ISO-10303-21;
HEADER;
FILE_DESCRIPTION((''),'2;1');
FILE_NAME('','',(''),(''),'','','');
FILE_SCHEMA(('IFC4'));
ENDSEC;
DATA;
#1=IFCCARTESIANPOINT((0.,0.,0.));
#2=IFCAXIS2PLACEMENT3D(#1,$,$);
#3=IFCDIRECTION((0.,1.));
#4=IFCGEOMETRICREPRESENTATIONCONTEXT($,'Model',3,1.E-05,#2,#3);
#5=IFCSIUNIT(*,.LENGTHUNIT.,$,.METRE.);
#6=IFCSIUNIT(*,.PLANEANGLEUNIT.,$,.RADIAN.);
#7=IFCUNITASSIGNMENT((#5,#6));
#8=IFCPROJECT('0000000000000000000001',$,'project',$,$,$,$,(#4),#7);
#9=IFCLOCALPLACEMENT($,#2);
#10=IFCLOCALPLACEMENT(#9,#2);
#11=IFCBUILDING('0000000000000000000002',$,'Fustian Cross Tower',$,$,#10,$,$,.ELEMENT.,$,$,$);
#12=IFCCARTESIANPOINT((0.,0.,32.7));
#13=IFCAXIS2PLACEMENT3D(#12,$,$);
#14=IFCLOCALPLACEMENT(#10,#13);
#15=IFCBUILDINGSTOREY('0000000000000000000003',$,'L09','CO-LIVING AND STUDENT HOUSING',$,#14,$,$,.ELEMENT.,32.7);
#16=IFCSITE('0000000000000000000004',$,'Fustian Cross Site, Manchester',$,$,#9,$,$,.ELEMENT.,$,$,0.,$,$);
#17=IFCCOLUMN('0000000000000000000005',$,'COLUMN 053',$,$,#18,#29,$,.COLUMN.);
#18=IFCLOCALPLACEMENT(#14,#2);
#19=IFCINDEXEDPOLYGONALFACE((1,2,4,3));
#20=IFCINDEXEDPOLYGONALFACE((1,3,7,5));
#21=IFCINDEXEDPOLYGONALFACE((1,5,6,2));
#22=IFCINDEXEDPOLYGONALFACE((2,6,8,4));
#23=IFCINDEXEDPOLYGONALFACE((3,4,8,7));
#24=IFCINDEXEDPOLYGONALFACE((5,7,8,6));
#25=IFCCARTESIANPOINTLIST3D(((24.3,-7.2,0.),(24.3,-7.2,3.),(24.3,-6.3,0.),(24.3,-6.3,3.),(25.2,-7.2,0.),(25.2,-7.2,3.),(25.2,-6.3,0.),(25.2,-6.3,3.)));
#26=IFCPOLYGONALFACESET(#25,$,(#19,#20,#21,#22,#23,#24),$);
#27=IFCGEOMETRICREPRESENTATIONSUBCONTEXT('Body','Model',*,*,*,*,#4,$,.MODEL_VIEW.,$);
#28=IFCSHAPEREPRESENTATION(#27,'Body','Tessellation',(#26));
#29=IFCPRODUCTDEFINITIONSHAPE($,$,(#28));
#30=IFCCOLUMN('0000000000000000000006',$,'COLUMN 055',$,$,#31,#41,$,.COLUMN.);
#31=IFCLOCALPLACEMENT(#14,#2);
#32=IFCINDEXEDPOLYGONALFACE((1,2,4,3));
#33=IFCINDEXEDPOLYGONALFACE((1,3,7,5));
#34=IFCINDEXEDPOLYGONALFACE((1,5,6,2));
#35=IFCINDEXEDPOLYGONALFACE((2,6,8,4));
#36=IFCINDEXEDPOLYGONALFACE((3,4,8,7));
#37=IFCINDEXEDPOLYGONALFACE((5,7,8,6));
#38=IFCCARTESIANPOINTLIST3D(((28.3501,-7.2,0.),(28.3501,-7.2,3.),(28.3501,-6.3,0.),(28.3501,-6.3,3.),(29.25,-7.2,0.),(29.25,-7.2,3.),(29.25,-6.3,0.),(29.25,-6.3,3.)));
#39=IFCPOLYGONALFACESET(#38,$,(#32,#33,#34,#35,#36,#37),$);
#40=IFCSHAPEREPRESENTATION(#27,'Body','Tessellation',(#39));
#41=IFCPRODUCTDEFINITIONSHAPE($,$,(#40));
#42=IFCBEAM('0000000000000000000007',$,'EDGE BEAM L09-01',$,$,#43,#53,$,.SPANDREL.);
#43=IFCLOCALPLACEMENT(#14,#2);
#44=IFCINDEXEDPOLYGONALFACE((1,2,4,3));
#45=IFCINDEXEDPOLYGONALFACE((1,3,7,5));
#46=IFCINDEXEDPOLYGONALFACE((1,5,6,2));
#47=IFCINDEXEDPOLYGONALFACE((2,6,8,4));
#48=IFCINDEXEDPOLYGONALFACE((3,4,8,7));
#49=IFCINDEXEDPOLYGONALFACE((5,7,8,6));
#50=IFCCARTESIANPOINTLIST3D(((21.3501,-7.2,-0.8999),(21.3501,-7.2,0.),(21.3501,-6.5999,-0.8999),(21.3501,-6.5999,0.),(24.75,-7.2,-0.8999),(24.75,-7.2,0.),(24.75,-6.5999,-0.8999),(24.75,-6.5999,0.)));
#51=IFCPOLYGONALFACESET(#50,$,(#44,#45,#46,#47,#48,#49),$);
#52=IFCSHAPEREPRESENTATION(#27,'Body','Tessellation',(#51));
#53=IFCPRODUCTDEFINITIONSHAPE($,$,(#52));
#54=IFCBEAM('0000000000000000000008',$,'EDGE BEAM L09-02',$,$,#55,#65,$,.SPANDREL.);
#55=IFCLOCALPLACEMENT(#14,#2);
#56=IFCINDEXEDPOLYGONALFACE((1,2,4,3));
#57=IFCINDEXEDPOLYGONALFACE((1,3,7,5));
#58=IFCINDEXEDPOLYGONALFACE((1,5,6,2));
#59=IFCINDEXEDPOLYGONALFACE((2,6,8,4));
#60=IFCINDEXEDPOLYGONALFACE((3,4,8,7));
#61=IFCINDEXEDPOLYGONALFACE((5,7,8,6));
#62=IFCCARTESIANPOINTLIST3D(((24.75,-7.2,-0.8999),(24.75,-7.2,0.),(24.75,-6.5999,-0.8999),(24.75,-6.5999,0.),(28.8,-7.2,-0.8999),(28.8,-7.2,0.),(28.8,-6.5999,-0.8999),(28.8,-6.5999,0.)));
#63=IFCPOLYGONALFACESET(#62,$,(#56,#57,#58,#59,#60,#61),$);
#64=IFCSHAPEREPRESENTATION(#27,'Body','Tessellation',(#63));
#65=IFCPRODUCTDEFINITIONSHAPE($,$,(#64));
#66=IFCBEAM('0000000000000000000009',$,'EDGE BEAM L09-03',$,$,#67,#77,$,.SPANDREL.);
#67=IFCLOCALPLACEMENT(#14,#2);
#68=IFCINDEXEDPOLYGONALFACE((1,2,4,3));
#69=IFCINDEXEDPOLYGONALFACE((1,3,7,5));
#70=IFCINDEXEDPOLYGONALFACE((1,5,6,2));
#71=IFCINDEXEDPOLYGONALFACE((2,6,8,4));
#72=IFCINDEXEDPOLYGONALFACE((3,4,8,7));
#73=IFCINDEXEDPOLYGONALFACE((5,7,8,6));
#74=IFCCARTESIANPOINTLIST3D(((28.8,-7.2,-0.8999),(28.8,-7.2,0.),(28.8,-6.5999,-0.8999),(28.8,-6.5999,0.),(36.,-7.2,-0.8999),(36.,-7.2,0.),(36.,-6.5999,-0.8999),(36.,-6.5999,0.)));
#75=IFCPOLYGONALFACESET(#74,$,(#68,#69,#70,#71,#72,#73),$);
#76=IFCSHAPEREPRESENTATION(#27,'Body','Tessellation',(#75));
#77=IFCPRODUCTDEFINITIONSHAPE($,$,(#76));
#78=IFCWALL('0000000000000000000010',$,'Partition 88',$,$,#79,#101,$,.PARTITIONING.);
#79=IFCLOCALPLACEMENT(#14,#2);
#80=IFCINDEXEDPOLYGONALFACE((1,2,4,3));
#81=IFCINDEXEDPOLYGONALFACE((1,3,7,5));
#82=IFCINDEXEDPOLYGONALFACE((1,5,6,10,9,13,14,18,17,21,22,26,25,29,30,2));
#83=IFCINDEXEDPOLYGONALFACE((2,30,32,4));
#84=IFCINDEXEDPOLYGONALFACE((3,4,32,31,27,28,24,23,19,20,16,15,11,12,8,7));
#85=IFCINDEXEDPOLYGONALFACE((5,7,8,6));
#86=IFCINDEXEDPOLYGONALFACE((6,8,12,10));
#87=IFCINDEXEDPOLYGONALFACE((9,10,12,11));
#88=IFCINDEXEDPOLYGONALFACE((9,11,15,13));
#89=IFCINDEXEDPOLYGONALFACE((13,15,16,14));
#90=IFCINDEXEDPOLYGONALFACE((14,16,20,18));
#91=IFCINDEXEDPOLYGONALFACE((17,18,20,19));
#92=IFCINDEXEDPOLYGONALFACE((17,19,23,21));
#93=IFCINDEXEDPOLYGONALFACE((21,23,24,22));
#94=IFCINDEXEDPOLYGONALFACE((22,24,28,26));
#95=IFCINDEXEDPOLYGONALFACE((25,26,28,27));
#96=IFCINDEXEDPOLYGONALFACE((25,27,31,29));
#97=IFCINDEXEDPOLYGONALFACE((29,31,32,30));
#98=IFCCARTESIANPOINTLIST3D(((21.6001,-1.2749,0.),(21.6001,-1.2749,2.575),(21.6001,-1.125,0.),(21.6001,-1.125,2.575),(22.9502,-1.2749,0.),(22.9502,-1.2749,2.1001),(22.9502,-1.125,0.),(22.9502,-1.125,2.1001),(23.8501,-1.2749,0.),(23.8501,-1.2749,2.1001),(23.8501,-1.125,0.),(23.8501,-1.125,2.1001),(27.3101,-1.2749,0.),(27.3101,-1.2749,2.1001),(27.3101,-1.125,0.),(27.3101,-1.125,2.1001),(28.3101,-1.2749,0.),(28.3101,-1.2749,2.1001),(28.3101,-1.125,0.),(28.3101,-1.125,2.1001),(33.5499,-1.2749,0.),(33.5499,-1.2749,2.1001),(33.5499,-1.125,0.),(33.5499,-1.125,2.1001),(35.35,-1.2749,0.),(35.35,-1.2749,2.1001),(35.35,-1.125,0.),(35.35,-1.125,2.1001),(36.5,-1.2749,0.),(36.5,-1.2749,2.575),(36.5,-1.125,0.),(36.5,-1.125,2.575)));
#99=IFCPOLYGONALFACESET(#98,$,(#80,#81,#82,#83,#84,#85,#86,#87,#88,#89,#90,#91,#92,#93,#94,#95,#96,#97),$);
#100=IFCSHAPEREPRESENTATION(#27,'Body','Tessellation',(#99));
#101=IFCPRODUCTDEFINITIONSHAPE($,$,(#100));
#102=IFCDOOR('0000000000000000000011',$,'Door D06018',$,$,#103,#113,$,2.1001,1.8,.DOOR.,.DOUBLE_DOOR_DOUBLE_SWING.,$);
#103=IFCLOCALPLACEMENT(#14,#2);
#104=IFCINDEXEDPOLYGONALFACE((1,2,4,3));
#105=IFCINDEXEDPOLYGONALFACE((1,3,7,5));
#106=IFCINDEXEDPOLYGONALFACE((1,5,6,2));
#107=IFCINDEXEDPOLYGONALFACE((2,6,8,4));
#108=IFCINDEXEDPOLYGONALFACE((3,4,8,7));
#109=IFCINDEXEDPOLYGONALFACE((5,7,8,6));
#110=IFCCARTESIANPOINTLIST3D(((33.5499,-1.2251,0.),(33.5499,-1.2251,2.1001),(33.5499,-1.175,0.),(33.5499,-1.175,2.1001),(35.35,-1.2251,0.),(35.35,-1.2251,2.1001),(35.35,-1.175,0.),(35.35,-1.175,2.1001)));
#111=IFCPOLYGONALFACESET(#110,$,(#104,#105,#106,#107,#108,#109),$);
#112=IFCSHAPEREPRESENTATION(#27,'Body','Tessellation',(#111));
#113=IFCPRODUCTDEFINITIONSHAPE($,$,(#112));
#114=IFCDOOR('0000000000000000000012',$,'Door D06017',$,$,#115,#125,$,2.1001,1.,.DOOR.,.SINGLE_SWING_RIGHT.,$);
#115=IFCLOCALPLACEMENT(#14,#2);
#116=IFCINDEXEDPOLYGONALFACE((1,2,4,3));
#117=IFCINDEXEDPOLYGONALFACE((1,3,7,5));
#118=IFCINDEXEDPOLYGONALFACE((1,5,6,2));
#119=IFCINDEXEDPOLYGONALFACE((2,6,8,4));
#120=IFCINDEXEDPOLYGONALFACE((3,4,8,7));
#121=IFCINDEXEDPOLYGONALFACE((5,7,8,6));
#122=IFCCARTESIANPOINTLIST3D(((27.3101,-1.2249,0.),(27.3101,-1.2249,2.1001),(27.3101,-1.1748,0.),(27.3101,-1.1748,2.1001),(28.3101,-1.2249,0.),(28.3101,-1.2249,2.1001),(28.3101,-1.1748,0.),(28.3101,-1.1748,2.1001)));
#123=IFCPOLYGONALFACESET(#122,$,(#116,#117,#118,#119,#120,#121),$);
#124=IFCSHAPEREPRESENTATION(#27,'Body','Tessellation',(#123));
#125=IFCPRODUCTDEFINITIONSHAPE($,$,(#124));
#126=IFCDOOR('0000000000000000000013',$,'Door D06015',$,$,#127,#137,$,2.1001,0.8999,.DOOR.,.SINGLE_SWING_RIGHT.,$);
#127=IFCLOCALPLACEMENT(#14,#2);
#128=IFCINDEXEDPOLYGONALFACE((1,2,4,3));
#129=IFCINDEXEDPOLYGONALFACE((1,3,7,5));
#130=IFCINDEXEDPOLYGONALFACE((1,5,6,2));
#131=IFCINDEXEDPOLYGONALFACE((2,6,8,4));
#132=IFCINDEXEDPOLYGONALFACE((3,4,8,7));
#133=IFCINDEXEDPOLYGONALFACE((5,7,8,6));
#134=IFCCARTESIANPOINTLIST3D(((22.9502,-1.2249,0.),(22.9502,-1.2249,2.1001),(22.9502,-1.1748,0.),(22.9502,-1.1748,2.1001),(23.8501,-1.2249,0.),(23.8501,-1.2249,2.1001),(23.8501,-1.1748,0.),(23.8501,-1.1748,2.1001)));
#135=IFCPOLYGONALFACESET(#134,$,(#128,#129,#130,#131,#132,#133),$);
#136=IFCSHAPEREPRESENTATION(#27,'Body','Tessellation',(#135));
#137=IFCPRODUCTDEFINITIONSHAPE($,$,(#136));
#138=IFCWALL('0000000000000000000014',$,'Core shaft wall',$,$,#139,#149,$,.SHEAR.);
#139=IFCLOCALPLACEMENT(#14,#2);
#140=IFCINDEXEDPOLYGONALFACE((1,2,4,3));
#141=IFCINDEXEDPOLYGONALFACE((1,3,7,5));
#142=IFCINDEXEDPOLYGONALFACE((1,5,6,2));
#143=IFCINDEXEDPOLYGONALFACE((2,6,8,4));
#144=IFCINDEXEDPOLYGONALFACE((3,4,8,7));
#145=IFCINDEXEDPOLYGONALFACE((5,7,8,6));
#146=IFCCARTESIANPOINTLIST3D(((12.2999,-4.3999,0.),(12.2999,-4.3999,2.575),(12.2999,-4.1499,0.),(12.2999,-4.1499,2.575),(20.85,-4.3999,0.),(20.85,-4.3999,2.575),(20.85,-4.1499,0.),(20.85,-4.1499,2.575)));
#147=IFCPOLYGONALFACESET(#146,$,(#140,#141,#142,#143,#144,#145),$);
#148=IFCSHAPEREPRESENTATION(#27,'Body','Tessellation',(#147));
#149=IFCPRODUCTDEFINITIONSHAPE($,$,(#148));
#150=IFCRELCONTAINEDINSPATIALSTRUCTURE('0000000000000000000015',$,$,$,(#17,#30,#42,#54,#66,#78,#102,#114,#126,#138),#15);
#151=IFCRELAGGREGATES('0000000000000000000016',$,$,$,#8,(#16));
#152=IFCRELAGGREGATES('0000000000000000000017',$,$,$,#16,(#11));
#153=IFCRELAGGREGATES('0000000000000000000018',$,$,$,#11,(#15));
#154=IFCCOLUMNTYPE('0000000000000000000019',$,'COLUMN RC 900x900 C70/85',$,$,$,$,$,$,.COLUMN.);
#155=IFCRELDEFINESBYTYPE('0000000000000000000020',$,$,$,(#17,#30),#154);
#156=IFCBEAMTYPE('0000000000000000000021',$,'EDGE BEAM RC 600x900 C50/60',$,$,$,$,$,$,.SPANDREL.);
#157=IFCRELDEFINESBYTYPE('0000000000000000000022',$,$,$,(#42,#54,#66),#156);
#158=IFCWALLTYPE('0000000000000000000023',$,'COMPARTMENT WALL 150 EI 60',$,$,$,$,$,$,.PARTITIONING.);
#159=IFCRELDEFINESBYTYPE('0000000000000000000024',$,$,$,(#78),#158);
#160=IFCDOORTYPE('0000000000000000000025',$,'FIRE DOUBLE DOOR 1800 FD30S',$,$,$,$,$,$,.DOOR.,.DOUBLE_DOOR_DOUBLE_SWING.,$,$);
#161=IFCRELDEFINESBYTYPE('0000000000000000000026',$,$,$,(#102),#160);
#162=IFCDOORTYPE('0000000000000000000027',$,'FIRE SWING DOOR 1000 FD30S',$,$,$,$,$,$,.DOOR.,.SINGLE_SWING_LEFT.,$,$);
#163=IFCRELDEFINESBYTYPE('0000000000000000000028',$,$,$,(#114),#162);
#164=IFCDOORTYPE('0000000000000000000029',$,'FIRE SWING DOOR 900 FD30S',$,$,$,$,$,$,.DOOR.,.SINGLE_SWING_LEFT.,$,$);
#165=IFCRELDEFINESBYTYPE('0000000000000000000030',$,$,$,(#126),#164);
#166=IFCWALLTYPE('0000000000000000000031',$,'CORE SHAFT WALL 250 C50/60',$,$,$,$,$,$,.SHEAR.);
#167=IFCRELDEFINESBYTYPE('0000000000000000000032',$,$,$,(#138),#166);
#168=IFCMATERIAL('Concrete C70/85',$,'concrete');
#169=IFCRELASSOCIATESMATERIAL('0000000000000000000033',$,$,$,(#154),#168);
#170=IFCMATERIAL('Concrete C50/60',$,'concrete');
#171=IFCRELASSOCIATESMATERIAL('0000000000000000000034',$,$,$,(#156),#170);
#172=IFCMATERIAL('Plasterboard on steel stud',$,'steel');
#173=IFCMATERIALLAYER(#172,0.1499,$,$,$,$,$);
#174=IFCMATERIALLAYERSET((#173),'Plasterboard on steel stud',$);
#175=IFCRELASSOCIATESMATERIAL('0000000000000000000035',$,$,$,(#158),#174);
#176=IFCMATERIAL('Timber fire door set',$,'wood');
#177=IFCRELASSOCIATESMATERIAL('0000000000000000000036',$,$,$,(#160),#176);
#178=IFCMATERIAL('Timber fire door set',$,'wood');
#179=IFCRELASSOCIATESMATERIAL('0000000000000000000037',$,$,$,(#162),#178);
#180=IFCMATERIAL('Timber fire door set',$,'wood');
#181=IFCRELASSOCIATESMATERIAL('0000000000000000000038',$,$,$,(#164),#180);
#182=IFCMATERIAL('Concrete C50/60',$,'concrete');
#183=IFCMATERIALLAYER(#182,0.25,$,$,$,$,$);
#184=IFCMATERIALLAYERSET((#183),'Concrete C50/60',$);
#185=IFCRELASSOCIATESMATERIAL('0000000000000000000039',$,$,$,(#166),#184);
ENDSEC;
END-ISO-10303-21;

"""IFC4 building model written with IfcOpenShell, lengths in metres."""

from ifc_helpers import new_model, si_unit, direction, frame, frame_2d, origin, origin_2d, place, context, subcontext, project, spatial, rectangle, extrude, material, layer, layer_set, material_profile, profile_set, type_object, element, fill, save


model = new_model("IFC4")

# Units and contexts
model_context = context("Model", 3, precision=1e-05, world=origin(), true_north=direction((0.0, 1.0)))
body_context = subcontext(model_context, "Body", "Model", "MODEL_VIEW")
ifc_project = project(units=[si_unit("LENGTHUNIT", "METRE"), si_unit("PLANEANGLEUNIT", "RADIAN")], contexts=[model_context])

# Site, building, storey
site_placement = place(None, origin())
site = spatial("IfcSite", under=ifc_project, at=site_placement, Name="Fustian Cross Site, Manchester", CompositionType="ELEMENT", RefElevation=0.0)
building_placement = place(site_placement, origin())
building = spatial("IfcBuilding", under=site, at=building_placement, Name="Fustian Cross Tower", CompositionType="ELEMENT")
storey_placement = place(building_placement, frame((0.0, 0.0, 32.7)))
storey = spatial("IfcBuildingStorey", under=building, at=storey_placement, Name="L09", Description="CO-LIVING AND STUDENT HOUSING", CompositionType="ELEMENT", Elevation=32.7)

# Columns
ifc_material_1 = material(Name="Concrete C70/85", Category="concrete")
ifc_material_profile_1 = material_profile(ifc_material_1, rectangle(XDim=0.8999, YDim=0.8999, at=origin_2d()), Name="RC 900x900")
ifc_profile_set_1 = profile_set([ifc_material_profile_1], Name="Concrete C70/85")
column_type = type_object("IfcColumnType", Name="COLUMN RC 900x900 C70/85", PredefinedType="COLUMN", material=ifc_profile_set_1)
for number, where, z_axis, x_axis, name in (
    (1, (24.75, -6.75, 0.0), (0.0, 0.0, 1.0), (1.0, 0.0, 0.0), "COLUMN 053"),
    (2, (28.8, -6.75, 0.0), (0.0, 0.0, 1.0), (1.0, 0.0, 0.0), "COLUMN 055"),
):
    element("IfcColumn", number, at=place(storey_placement, frame(where, z_axis=z_axis, x_axis=x_axis)), inside=storey, type_object=column_type, Name=name, PredefinedType="COLUMN", context=body_context, shape_type="SweptSolid", body=[
        extrude(rectangle(XDim=0.8999, YDim=0.8999, at=origin_2d()), origin(), (0.0, 0.0, 1.0), 3.0),
    ])

# Beams
ifc_material_2 = material(Name="Concrete C50/60", Category="concrete")
ifc_material_profile_2 = material_profile(ifc_material_2, rectangle(XDim=0.6001, YDim=0.8999, at=origin_2d()), Name="RC 600x900")
ifc_profile_set_2 = profile_set([ifc_material_profile_2], Name="Concrete C50/60")
beam_type = type_object("IfcBeamType", Name="EDGE BEAM RC 600x900 C50/60", PredefinedType="SPANDREL", material=ifc_profile_set_2)
beam_1_placement = place(storey_placement, frame((21.3501, -6.8999, -0.45), z_axis=(1.0, 0.0, 0.0), x_axis=(0.0, 1.0, 0.0)))
element("IfcBeam", 3, at=beam_1_placement, inside=storey, type_object=beam_type, Name="EDGE BEAM L09-01", PredefinedType="SPANDREL", context=body_context, shape_type="SweptSolid", body=[
    extrude(rectangle(XDim=0.6001, YDim=0.8999, at=origin_2d()), origin(), (0.0, 0.0, 1.0), 3.3999),
])
beam_2_placement = place(storey_placement, frame((24.75, -6.8999, -0.45), z_axis=(1.0, 0.0, 0.0), x_axis=(0.0, 1.0, 0.0)))
element("IfcBeam", 4, at=beam_2_placement, inside=storey, type_object=beam_type, Name="EDGE BEAM L09-02", PredefinedType="SPANDREL", context=body_context, shape_type="SweptSolid", body=[
    extrude(rectangle(XDim=0.6001, YDim=0.8999, at=origin_2d()), origin(), (0.0, 0.0, 1.0), 4.05),
])
beam_3_placement = place(storey_placement, frame((28.8, -6.8999, -0.45), z_axis=(1.0, 0.0, 0.0), x_axis=(0.0, 1.0, 0.0)))
element("IfcBeam", 5, at=beam_3_placement, inside=storey, type_object=beam_type, Name="EDGE BEAM L09-03", PredefinedType="SPANDREL", context=body_context, shape_type="SweptSolid", body=[
    extrude(rectangle(XDim=0.6001, YDim=0.8999, at=origin_2d()), origin(), (0.0, 0.0, 1.0), 7.2),
])

# Wall, openings, doors
ifc_material_3 = material(Name="Plasterboard on steel stud", Category="steel")
ifc_layer_1 = layer(ifc_material_3, 0.1499)
ifc_layer_set_1 = layer_set([ifc_layer_1], Name="Plasterboard on steel stud")
wall_type_1 = type_object("IfcWallType", Name="COMPARTMENT WALL 150 EI 60", PredefinedType="PARTITIONING", material=ifc_layer_set_1)
wall_1_placement = place(storey_placement, frame((21.6001, -1.2, 0.0), z_axis=(0.0, 0.0, 1.0), x_axis=(1.0, 0.0, 0.0)))
wall_1 = element("IfcWall", 6, at=wall_1_placement, inside=storey, type_object=wall_type_1, Name="Partition 88", PredefinedType="PARTITIONING", context=body_context, shape_type="SweptSolid", body=[
    extrude(rectangle(XDim=14.8999, YDim=0.1499, at=frame_2d((7.45, 0.0))), origin(), (0.0, 0.0, 1.0), 2.575),
])
opening_1_placement = place(wall_1_placement, frame((1.3501, 0.0, 0.0)))
opening_1 = element("IfcOpeningElement", 7, at=opening_1_placement, cuts=wall_1, PredefinedType="OPENING", context=body_context, shape_type="SweptSolid", body=[
    extrude(rectangle(XDim=0.8999, YDim=2.1001, at=frame_2d((0.45, 1.05))), frame((0.0, 0.085, 0.0), z_axis=(0.0, -1.0, 0.0), x_axis=(1.0, 0.0, 0.0)), (0.0, 0.0, 1.0), 0.1699),
])
opening_2_placement = place(wall_1_placement, frame((5.71, 0.0, 0.0)))
opening_2 = element("IfcOpeningElement", 8, at=opening_2_placement, cuts=wall_1, PredefinedType="OPENING", context=body_context, shape_type="SweptSolid", body=[
    extrude(rectangle(XDim=1.0, YDim=2.1001, at=frame_2d((0.5, 1.05))), frame((0.0, 0.085, 0.0), z_axis=(0.0, -1.0, 0.0), x_axis=(1.0, 0.0, 0.0)), (0.0, 0.0, 1.0), 0.1699),
])
opening_3_placement = place(wall_1_placement, frame((11.95, 0.0, 0.0)))
opening_3 = element("IfcOpeningElement", 9, at=opening_3_placement, cuts=wall_1, PredefinedType="OPENING", context=body_context, shape_type="SweptSolid", body=[
    extrude(rectangle(XDim=1.8, YDim=2.1001, at=frame_2d((0.8999, 1.05))), frame((0.0, 0.085, 0.0), z_axis=(0.0, -1.0, 0.0), x_axis=(1.0, 0.0, 0.0)), (0.0, 0.0, 1.0), 0.1699),
])
ifc_material_4 = material(Name="Timber fire door set", Category="wood")
door_type_1 = type_object("IfcDoorType", Name="FIRE DOUBLE DOOR 1800 FD30S", OperationType="DOUBLE_DOOR_DOUBLE_SWING", PredefinedType="DOOR", material=ifc_material_4)
door_1_placement = place(opening_3_placement, origin())
door_1 = element("IfcDoor", 10, at=door_1_placement, inside=storey, type_object=door_type_1, Name="Door D06018", OperationType="DOUBLE_DOOR_DOUBLE_SWING", OverallHeight=2.1001, OverallWidth=1.8, PredefinedType="DOOR", context=body_context, shape_type="SweptSolid", body=[
    extrude(rectangle(XDim=1.8, YDim=2.1001, at=frame_2d((0.8999, 1.05))), frame((0.0, 0.0249, 0.0), z_axis=(0.0, -1.0, 0.0), x_axis=(1.0, 0.0, 0.0)), (0.0, 0.0, 1.0), 0.05),
])
fill(opening_3, door_1)
ifc_material_5 = material(Name="Timber fire door set", Category="wood")
door_type_2 = type_object("IfcDoorType", Name="FIRE SWING DOOR 1000 FD30S", OperationType="SINGLE_SWING_LEFT", PredefinedType="DOOR", material=ifc_material_5)
door_2_placement = place(opening_2_placement, frame((1.0, 0.0, 0.0), z_axis=(0.0, 0.0, 1.0), x_axis=(-1.0, 0.0, 0.0)))
door_2 = element("IfcDoor", 11, at=door_2_placement, inside=storey, type_object=door_type_2, Name="Door D06017", OperationType="SINGLE_SWING_RIGHT", OverallHeight=2.1001, OverallWidth=1.0, PredefinedType="DOOR", context=body_context, shape_type="SweptSolid", body=[
    extrude(rectangle(XDim=1.0, YDim=2.1001, at=frame_2d((0.5, 1.05))), frame((0.0, 0.0249, 0.0), z_axis=(0.0, -1.0, 0.0), x_axis=(1.0, 0.0, 0.0)), (0.0, 0.0, 1.0), 0.05),
])
fill(opening_2, door_2)
ifc_material_6 = material(Name="Timber fire door set", Category="wood")
door_type_3 = type_object("IfcDoorType", Name="FIRE SWING DOOR 900 FD30S", OperationType="SINGLE_SWING_LEFT", PredefinedType="DOOR", material=ifc_material_6)
door_3_placement = place(opening_1_placement, frame((0.8999, 0.0, 0.0), z_axis=(0.0, 0.0, 1.0), x_axis=(-1.0, 0.0, 0.0)))
door_3 = element("IfcDoor", 12, at=door_3_placement, inside=storey, type_object=door_type_3, Name="Door D06015", OperationType="SINGLE_SWING_RIGHT", OverallHeight=2.1001, OverallWidth=0.8999, PredefinedType="DOOR", context=body_context, shape_type="SweptSolid", body=[
    extrude(rectangle(XDim=0.8999, YDim=2.1001, at=frame_2d((0.45, 1.05))), frame((0.0, 0.0249, 0.0), z_axis=(0.0, -1.0, 0.0), x_axis=(1.0, 0.0, 0.0)), (0.0, 0.0, 1.0), 0.05),
])
fill(opening_1, door_3)

# Wall
ifc_material_7 = material(Name="Concrete C50/60", Category="concrete")
ifc_layer_2 = layer(ifc_material_7, 0.25)
ifc_layer_set_2 = layer_set([ifc_layer_2], Name="Concrete C50/60")
wall_type_2 = type_object("IfcWallType", Name="CORE SHAFT WALL 250 C50/60", PredefinedType="SHEAR", material=ifc_layer_set_2)
wall_2_placement = place(storey_placement, frame((12.3, -4.2749, 0.0), z_axis=(0.0, 0.0, 1.0), x_axis=(1.0, 0.0, 0.0)))
element("IfcWall", 13, at=wall_2_placement, inside=storey, type_object=wall_type_2, Name="Core shaft wall", PredefinedType="SHEAR", context=body_context, shape_type="SweptSolid", body=[
    extrude(rectangle(XDim=8.55, YDim=0.25, at=frame_2d((4.2749, 0.0))), origin(), (0.0, 0.0, 1.0), 2.575),
])

save(model, "model.ifc")
